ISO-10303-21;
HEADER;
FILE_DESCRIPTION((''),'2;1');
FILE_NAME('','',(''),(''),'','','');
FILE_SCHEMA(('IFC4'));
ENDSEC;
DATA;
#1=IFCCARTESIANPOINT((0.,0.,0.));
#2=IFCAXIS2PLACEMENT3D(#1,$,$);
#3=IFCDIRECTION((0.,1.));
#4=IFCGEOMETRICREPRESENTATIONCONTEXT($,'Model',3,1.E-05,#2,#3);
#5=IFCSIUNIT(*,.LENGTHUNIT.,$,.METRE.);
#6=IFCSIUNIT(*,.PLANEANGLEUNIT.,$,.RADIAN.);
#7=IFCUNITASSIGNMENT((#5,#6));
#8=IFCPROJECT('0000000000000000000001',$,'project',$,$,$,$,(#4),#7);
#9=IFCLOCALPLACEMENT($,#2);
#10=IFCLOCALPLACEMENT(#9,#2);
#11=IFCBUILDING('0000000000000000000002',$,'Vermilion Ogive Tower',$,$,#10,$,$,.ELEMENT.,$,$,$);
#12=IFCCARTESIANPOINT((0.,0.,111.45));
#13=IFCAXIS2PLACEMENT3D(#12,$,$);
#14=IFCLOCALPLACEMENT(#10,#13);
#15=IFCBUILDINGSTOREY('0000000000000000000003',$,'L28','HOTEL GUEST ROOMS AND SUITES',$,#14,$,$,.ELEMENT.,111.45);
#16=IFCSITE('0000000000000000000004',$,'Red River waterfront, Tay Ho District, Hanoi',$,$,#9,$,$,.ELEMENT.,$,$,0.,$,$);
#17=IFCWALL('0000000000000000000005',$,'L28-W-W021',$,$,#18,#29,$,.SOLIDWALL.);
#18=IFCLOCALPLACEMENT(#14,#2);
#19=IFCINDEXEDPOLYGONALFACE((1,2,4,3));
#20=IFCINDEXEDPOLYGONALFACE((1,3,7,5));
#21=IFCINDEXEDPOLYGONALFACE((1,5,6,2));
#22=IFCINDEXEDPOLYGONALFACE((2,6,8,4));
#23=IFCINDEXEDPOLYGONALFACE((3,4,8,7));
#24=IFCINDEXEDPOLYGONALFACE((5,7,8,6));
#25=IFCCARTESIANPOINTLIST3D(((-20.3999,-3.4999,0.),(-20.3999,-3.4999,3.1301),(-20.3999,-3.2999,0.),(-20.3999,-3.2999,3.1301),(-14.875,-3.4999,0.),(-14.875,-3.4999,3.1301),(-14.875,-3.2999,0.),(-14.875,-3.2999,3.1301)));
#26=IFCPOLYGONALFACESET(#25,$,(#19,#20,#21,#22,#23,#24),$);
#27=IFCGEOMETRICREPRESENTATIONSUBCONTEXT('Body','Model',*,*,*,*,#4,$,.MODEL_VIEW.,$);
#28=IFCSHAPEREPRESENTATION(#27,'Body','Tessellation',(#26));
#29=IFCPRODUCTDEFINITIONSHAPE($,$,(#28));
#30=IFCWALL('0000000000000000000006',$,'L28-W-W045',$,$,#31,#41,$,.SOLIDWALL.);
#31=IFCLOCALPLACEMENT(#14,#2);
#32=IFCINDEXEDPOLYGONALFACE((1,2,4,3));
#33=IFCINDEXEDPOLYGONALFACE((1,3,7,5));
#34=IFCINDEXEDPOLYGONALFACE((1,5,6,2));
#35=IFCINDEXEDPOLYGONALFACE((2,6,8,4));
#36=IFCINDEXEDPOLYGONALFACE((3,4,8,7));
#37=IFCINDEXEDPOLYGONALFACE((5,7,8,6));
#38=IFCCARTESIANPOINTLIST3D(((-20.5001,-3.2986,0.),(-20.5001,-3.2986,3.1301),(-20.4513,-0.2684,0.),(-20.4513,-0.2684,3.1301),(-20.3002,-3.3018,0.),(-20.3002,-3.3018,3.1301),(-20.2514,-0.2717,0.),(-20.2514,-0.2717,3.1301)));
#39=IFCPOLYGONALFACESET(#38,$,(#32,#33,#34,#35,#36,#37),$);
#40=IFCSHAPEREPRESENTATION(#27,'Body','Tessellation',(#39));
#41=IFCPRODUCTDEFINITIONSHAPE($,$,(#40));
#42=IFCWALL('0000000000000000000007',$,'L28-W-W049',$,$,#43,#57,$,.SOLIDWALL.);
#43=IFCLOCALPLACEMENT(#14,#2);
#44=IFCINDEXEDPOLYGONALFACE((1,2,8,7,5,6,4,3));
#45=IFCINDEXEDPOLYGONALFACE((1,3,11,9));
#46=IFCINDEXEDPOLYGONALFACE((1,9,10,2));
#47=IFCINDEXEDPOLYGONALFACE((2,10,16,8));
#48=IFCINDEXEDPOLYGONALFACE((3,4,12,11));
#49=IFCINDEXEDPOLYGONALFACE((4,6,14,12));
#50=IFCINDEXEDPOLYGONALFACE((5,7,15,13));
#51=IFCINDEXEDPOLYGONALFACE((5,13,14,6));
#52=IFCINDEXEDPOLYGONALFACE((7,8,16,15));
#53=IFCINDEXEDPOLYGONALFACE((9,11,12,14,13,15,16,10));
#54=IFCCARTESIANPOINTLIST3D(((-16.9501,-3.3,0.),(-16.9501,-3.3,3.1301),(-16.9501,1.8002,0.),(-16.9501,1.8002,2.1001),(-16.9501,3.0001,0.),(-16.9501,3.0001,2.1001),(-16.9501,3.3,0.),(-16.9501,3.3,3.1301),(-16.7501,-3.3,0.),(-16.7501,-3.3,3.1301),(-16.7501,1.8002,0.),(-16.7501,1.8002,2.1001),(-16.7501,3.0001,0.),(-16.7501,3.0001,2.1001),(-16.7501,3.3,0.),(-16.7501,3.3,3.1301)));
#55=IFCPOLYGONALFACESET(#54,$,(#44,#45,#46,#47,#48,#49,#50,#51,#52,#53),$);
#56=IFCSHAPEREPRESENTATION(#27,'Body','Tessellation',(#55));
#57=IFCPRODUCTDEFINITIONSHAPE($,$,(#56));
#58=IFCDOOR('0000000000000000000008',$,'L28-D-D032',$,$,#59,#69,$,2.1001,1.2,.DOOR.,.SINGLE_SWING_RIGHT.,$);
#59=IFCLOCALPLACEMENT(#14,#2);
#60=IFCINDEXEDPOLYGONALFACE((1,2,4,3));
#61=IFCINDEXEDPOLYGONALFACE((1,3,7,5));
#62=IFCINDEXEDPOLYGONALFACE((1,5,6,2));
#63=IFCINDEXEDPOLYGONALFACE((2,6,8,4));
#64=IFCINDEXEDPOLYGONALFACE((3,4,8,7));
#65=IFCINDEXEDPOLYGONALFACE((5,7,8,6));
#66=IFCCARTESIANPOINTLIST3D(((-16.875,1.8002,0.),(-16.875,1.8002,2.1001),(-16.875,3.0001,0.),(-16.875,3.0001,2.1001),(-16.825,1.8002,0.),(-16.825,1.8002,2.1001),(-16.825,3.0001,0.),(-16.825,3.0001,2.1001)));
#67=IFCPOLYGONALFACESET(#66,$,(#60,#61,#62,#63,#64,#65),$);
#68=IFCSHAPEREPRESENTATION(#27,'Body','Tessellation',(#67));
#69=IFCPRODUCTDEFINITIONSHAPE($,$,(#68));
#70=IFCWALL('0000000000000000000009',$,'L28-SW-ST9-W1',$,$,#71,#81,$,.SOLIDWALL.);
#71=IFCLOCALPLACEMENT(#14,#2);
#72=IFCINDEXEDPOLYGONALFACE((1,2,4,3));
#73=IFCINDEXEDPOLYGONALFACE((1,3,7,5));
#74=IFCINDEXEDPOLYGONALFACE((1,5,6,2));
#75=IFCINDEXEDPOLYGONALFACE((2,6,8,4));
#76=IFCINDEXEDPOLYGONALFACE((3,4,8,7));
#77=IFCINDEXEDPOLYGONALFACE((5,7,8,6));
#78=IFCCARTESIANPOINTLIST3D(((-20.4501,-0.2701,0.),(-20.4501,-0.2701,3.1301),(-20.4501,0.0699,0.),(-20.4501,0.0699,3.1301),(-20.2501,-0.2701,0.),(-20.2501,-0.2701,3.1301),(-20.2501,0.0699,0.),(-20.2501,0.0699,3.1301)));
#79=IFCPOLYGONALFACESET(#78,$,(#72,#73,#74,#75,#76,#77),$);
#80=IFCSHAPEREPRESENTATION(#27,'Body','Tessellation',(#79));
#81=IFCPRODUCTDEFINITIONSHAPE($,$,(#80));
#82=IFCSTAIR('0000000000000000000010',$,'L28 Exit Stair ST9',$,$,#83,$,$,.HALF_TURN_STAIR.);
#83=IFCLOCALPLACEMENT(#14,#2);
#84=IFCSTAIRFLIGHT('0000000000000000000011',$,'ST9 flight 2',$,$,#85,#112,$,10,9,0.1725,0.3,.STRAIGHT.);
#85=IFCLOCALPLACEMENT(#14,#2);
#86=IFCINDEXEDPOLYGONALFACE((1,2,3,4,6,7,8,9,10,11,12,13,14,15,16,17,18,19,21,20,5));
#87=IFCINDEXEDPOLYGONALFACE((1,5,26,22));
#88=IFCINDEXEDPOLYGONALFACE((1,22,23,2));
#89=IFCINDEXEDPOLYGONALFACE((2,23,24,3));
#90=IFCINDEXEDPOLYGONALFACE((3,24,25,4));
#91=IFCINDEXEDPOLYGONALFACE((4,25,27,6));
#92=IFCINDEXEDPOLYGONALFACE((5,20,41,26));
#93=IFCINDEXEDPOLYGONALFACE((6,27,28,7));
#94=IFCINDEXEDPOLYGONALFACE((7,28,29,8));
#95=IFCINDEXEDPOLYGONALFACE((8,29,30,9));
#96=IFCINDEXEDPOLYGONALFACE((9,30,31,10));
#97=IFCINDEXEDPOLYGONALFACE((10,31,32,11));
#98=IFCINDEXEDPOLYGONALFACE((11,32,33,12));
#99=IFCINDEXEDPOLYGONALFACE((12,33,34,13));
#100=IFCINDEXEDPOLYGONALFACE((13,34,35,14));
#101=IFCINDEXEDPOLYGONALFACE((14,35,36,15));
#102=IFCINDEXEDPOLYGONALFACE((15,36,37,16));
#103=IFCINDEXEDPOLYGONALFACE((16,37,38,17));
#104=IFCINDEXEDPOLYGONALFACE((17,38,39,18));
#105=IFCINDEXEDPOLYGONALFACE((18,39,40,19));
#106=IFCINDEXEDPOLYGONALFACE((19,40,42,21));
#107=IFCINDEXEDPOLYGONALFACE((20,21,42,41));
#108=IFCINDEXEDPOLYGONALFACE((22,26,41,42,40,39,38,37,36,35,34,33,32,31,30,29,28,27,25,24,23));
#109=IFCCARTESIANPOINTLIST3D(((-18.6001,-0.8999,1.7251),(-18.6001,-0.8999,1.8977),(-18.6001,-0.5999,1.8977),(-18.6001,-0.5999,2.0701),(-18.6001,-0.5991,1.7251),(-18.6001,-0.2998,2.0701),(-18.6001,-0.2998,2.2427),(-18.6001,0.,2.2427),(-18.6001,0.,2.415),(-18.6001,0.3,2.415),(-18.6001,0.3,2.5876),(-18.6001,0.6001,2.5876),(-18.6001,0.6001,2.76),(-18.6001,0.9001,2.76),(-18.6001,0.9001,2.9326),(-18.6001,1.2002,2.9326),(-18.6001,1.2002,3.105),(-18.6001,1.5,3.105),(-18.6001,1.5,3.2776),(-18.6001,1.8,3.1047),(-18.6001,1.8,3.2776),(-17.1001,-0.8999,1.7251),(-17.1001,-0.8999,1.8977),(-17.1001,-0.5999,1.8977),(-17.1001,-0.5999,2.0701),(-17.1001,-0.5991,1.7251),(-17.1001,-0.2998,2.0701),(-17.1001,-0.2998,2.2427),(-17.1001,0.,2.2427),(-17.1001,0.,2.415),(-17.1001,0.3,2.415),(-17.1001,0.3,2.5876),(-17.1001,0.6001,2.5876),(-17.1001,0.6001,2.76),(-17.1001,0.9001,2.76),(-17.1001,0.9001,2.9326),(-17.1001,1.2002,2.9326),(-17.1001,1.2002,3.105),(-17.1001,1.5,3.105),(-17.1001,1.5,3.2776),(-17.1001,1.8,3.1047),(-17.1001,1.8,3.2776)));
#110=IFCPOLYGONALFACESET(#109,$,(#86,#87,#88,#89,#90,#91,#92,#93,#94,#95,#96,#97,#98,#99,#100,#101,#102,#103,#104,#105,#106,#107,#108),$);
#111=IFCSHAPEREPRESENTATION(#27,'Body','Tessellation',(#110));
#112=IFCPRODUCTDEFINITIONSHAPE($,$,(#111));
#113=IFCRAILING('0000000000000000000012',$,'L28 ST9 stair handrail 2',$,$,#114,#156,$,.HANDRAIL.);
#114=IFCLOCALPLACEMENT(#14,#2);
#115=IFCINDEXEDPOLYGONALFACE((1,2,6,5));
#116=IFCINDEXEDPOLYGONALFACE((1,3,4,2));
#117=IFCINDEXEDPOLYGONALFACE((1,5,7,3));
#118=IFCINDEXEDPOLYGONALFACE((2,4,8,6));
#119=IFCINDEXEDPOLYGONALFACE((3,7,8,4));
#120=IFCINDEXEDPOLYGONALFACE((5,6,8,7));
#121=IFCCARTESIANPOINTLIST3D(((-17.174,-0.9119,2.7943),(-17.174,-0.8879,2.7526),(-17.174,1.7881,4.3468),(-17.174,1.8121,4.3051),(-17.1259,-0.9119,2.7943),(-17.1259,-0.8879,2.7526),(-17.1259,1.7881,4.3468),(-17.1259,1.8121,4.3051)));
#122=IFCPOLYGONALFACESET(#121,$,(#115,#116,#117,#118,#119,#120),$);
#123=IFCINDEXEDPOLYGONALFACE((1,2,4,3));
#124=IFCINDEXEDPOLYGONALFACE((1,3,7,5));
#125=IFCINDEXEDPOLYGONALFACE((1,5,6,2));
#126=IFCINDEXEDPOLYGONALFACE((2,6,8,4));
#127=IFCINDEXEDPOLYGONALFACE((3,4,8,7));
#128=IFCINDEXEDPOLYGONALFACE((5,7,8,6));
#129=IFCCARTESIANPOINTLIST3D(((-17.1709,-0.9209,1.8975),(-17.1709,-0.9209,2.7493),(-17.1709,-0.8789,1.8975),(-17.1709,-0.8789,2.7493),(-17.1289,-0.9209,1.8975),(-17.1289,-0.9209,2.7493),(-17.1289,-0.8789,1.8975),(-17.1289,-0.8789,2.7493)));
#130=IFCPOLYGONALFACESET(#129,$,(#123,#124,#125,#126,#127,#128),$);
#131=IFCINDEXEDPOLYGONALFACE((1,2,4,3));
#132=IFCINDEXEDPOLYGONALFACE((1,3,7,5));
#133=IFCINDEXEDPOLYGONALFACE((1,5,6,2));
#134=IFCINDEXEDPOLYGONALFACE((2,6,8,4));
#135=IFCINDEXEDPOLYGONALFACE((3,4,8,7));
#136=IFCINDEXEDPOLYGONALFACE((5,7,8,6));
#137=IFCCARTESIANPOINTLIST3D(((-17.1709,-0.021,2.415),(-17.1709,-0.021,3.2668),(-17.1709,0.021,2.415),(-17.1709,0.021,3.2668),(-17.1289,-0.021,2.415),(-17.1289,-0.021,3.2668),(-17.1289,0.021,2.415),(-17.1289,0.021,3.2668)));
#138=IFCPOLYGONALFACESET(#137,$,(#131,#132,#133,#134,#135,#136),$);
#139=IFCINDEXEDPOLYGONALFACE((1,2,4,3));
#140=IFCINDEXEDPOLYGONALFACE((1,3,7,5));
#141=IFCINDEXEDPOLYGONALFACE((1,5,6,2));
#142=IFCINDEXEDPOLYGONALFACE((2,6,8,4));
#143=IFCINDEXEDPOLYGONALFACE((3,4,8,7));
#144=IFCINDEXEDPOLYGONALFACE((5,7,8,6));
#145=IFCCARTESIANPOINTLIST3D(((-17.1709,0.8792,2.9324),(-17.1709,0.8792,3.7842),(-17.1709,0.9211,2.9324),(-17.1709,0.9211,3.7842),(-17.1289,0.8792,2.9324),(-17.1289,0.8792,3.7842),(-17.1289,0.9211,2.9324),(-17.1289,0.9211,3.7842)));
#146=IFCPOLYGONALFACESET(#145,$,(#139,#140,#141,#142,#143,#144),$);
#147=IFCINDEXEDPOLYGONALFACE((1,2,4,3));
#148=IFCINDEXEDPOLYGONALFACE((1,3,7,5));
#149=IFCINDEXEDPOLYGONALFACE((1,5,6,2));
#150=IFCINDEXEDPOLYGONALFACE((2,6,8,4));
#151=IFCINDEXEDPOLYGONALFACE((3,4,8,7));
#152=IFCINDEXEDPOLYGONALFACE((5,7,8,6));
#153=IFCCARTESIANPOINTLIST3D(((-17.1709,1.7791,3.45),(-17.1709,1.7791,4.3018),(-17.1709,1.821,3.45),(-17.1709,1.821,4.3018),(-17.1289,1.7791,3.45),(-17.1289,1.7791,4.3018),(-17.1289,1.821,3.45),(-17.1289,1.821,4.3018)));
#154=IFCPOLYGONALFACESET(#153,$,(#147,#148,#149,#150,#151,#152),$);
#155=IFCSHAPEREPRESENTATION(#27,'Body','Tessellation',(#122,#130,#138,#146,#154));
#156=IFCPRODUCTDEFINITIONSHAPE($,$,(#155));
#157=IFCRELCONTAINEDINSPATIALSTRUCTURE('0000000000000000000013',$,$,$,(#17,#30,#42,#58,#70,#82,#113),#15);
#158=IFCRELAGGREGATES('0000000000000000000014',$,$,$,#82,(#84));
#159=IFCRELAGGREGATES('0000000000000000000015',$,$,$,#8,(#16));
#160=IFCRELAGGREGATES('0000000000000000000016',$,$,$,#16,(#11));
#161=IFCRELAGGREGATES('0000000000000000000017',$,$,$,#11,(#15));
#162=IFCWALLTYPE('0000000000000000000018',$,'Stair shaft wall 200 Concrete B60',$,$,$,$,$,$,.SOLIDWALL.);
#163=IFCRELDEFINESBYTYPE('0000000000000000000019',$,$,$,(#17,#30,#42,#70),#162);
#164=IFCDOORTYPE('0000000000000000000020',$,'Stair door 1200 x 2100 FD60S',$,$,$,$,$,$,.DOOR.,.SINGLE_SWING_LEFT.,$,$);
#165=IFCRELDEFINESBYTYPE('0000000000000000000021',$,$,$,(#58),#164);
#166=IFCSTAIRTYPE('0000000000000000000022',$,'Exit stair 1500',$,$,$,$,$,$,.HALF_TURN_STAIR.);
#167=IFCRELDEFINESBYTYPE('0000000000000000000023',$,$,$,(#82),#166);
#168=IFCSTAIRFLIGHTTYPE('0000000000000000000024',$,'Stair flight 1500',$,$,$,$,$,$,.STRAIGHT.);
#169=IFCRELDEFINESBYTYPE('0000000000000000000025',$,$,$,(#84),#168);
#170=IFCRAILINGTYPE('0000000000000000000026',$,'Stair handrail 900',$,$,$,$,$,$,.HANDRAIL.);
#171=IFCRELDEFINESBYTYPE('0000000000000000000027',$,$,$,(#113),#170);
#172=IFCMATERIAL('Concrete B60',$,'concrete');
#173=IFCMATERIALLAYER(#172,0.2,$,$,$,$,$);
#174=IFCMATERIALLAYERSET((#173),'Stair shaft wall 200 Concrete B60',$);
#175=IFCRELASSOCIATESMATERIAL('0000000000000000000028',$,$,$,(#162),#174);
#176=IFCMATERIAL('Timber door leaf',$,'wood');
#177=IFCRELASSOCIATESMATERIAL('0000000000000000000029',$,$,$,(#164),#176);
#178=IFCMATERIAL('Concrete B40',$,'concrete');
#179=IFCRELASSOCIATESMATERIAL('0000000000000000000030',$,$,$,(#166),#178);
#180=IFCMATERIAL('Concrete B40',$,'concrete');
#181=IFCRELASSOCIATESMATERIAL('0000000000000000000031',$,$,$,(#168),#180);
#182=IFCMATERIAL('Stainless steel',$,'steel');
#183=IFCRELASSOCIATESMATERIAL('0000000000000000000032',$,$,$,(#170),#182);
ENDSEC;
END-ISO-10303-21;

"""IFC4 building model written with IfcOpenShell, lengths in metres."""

from ifc_helpers import new_model, si_unit, direction, frame, frame_2d, origin, origin_2d, place, context, subcontext, project, spatial, polyline, rectangle, outline, extrude, material, layer, layer_set, type_object, element, fill, aggregate, save


model = new_model("IFC4")

# Units and contexts
model_context = context("Model", 3, precision=1e-05, world=origin(), true_north=direction((0.0, 1.0)))
body_context = subcontext(model_context, "Body", "Model", "MODEL_VIEW")
ifc_project = project(units=[si_unit("LENGTHUNIT", "METRE"), si_unit("PLANEANGLEUNIT", "RADIAN")], contexts=[model_context])

# Site, building, storey
site_placement = place(None, origin())
site = spatial("IfcSite", under=ifc_project, at=site_placement, Name="Red River waterfront, Tay Ho District, Hanoi", CompositionType="ELEMENT", RefElevation=0.0)
building_placement = place(site_placement, origin())
building = spatial("IfcBuilding", under=site, at=building_placement, Name="Vermilion Ogive Tower", CompositionType="ELEMENT")
storey_placement = place(building_placement, frame((0.0, 0.0, 111.45)))
storey = spatial("IfcBuildingStorey", under=building, at=storey_placement, Name="L28", Description="HOTEL GUEST ROOMS AND SUITES", CompositionType="ELEMENT", Elevation=111.45)

# Walls
ifc_material_1 = material(Name="Concrete B60", Category="concrete")
ifc_layer_1 = layer(ifc_material_1, 0.2)
ifc_layer_set_1 = layer_set([ifc_layer_1], Name="Stair shaft wall 200 Concrete B60")
wall_type_1 = type_object("IfcWallType", Name="Stair shaft wall 200 Concrete B60", PredefinedType="SOLIDWALL", material=ifc_layer_set_1)
wall_1_placement = place(storey_placement, frame((-20.3999, -3.3999, 0.0), z_axis=(0.0, 0.0, 1.0), x_axis=(1.0, 0.0, 0.0)))
element("IfcWall", 1, at=wall_1_placement, inside=storey, type_object=wall_type_1, Name="L28-W-W021", PredefinedType="SOLIDWALL", context=body_context, shape_type="SweptSolid", body=[
    extrude(rectangle(XDim=5.5249, YDim=0.2, at=frame_2d((2.7625, 0.0))), origin(), (0.0, 0.0, 1.0), 3.1301),
])
wall_2_placement = place(storey_placement, frame((-20.4001, -3.3, 0.0), z_axis=(0.0, 0.0, 1.0), x_axis=(0.016113, 0.99987, 0.0)))
element("IfcWall", 2, at=wall_2_placement, inside=storey, type_object=wall_type_1, Name="L28-W-W045", PredefinedType="SOLIDWALL", context=body_context, shape_type="SweptSolid", body=[
    extrude(rectangle(XDim=3.0305, YDim=0.2, at=frame_2d((1.5151, 0.0))), origin(), (0.0, 0.0, 1.0), 3.1301),
])

# Wall, opening, door
wall_3_placement = place(storey_placement, frame((-16.8501, -3.3, 0.0), z_axis=(0.0, 0.0, 1.0), x_axis=(0.0, 1.0, 0.0)))
wall_3 = element("IfcWall", 3, at=wall_3_placement, inside=storey, type_object=wall_type_1, Name="L28-W-W049", PredefinedType="SOLIDWALL", context=body_context, shape_type="SweptSolid", body=[
    extrude(rectangle(XDim=6.6001, YDim=0.2, at=frame_2d((3.3, 0.0))), origin(), (0.0, 0.0, 1.0), 3.1301),
])
opening_1_placement = place(wall_3_placement, frame((5.1001, 0.0, 0.0)))
opening_1 = element("IfcOpeningElement", 4, at=opening_1_placement, cuts=wall_3, PredefinedType="OPENING", context=body_context, shape_type="SweptSolid", body=[
    extrude(rectangle(XDim=1.2, YDim=2.1001, at=frame_2d((0.6001, 1.05))), frame((0.0, 0.1099, 0.0), z_axis=(0.0, -1.0, 0.0), x_axis=(1.0, 0.0, 0.0)), (0.0, 0.0, 1.0), 0.22),
])
ifc_material_2 = material(Name="Timber door leaf", Category="wood")
door_type_1 = type_object("IfcDoorType", Name="Stair door 1200 x 2100 FD60S", OperationType="SINGLE_SWING_LEFT", PredefinedType="DOOR", material=ifc_material_2)
door_1_placement = place(opening_1_placement, origin())
door_1 = element("IfcDoor", 5, at=door_1_placement, inside=storey, type_object=door_type_1, Name="L28-D-D032", OperationType="SINGLE_SWING_RIGHT", OverallHeight=2.1001, OverallWidth=1.2, PredefinedType="DOOR", context=body_context, shape_type="SweptSolid", body=[
    extrude(rectangle(XDim=1.2, YDim=2.1001, at=frame_2d((0.6001, 1.05))), frame((0.0, 0.0249, 0.0), z_axis=(0.0, -1.0, 0.0), x_axis=(1.0, 0.0, 0.0)), (0.0, 0.0, 1.0), 0.05),
])
fill(opening_1, door_1)

# Wall
wall_4_placement = place(storey_placement, frame((-20.3501, -0.27, 0.0), z_axis=(0.0, 0.0, 1.0), x_axis=(0.0, 1.0, 0.0)))
element("IfcWall", 6, at=wall_4_placement, inside=storey, type_object=wall_type_1, Name="L28-SW-ST9-W1", PredefinedType="SOLIDWALL", context=body_context, shape_type="SweptSolid", body=[
    extrude(rectangle(XDim=0.3401, YDim=0.2, at=frame_2d((0.1699, 0.0))), origin(), (0.0, 0.0, 1.0), 3.1301),
])

# Stair, stair flight
ifc_material_3 = material(Name="Concrete B40", Category="concrete")
stair_type = type_object("IfcStairType", Name="Exit stair 1500", PredefinedType="HALF_TURN_STAIR", material=ifc_material_3)
stair_placement = place(storey_placement, origin())
stair = element("IfcStair", 7, at=stair_placement, inside=storey, type_object=stair_type, Name="L28 Exit Stair ST9", PredefinedType="HALF_TURN_STAIR")
ifc_material_4 = material(Name="Concrete B40", Category="concrete")
stair_flight_type = type_object("IfcStairFlightType", Name="Stair flight 1500", PredefinedType="STRAIGHT", material=ifc_material_4)
stair_flight_placement = place(storey_placement, frame((-17.8501, -0.8999, 1.7251), z_axis=(0.0, 0.0, 1.0), x_axis=(0.0, 1.0, 0.0)))
stair_flight = element("IfcStairFlight", 8, at=stair_flight_placement, type_object=stair_flight_type, Name="ST9 flight 2", NumberOfRisers=10, NumberOfTreads=9, PredefinedType="STRAIGHT", RiserHeight=0.1725, TreadLength=0.3, context=body_context, shape_type="SweptSolid", body=[
    extrude(outline(polyline([(0.0, 0.0), (0.0, 0.1726), (0.3, 0.1726), (0.3, 0.345), (0.6001, 0.345), (0.6001, 0.5176), (0.8999, 0.5176), (0.8999, 0.6899), (1.2, 0.6899), (1.2, 0.8625), (1.5, 0.8625), (1.5, 1.0349), (1.8, 1.0349), (1.8, 1.2075), (2.1001, 1.2075), (2.1001, 1.3799), (2.3999, 1.3799), (2.3999, 1.5525), (2.7, 1.5525), (2.7, 1.7251), (2.7, 1.3796), (0.3008, 0.0), (0.0, 0.0)])), frame((0.0, 0.75, 0.0), z_axis=(0.0, -1.0, 0.0), x_axis=(1.0, 0.0, 0.0)), (0.0, 0.0, 1.0), 1.5),
])
aggregate(stair, [stair_flight])

# Railing
ifc_material_5 = material(Name="Stainless steel", Category="steel")
railing_type = type_object("IfcRailingType", Name="Stair handrail 900", PredefinedType="HANDRAIL", material=ifc_material_5)
railing_placement = place(storey_placement, frame((-17.1499, -0.8999, 1.8975)))
element("IfcRailing", 9, at=railing_placement, inside=storey, type_object=railing_type, Name="L28 ST9 stair handrail 2", PredefinedType="HANDRAIL", context=body_context, shape_type="SweptSolid", body=[
    extrude(rectangle(XDim=0.0481, YDim=0.0481, at=origin_2d()), frame((0.0, 0.0, 0.876), z_axis=(0.0, 0.866904, 0.498476), x_axis=(-1.0, 0.0, 0.0)), (0.0, 0.0, 1.0), 3.1145),
    extrude(rectangle(XDim=0.042, YDim=0.042, at=origin_2d()), origin(), (0.0, 0.0, 1.0), 0.8518),
    extrude(rectangle(XDim=0.042, YDim=0.042, at=origin_2d()), frame((0.0, 0.8999, 0.5176)), (0.0, 0.0, 1.0), 0.8518),
    extrude(rectangle(XDim=0.042, YDim=0.042, at=origin_2d()), frame((0.0, 1.8, 1.0349)), (0.0, 0.0, 1.0), 0.8518),
    extrude(rectangle(XDim=0.042, YDim=0.042, at=origin_2d()), frame((0.0, 2.7, 1.5525)), (0.0, 0.0, 1.0), 0.8518),
])

save(model, "model.ifc")
